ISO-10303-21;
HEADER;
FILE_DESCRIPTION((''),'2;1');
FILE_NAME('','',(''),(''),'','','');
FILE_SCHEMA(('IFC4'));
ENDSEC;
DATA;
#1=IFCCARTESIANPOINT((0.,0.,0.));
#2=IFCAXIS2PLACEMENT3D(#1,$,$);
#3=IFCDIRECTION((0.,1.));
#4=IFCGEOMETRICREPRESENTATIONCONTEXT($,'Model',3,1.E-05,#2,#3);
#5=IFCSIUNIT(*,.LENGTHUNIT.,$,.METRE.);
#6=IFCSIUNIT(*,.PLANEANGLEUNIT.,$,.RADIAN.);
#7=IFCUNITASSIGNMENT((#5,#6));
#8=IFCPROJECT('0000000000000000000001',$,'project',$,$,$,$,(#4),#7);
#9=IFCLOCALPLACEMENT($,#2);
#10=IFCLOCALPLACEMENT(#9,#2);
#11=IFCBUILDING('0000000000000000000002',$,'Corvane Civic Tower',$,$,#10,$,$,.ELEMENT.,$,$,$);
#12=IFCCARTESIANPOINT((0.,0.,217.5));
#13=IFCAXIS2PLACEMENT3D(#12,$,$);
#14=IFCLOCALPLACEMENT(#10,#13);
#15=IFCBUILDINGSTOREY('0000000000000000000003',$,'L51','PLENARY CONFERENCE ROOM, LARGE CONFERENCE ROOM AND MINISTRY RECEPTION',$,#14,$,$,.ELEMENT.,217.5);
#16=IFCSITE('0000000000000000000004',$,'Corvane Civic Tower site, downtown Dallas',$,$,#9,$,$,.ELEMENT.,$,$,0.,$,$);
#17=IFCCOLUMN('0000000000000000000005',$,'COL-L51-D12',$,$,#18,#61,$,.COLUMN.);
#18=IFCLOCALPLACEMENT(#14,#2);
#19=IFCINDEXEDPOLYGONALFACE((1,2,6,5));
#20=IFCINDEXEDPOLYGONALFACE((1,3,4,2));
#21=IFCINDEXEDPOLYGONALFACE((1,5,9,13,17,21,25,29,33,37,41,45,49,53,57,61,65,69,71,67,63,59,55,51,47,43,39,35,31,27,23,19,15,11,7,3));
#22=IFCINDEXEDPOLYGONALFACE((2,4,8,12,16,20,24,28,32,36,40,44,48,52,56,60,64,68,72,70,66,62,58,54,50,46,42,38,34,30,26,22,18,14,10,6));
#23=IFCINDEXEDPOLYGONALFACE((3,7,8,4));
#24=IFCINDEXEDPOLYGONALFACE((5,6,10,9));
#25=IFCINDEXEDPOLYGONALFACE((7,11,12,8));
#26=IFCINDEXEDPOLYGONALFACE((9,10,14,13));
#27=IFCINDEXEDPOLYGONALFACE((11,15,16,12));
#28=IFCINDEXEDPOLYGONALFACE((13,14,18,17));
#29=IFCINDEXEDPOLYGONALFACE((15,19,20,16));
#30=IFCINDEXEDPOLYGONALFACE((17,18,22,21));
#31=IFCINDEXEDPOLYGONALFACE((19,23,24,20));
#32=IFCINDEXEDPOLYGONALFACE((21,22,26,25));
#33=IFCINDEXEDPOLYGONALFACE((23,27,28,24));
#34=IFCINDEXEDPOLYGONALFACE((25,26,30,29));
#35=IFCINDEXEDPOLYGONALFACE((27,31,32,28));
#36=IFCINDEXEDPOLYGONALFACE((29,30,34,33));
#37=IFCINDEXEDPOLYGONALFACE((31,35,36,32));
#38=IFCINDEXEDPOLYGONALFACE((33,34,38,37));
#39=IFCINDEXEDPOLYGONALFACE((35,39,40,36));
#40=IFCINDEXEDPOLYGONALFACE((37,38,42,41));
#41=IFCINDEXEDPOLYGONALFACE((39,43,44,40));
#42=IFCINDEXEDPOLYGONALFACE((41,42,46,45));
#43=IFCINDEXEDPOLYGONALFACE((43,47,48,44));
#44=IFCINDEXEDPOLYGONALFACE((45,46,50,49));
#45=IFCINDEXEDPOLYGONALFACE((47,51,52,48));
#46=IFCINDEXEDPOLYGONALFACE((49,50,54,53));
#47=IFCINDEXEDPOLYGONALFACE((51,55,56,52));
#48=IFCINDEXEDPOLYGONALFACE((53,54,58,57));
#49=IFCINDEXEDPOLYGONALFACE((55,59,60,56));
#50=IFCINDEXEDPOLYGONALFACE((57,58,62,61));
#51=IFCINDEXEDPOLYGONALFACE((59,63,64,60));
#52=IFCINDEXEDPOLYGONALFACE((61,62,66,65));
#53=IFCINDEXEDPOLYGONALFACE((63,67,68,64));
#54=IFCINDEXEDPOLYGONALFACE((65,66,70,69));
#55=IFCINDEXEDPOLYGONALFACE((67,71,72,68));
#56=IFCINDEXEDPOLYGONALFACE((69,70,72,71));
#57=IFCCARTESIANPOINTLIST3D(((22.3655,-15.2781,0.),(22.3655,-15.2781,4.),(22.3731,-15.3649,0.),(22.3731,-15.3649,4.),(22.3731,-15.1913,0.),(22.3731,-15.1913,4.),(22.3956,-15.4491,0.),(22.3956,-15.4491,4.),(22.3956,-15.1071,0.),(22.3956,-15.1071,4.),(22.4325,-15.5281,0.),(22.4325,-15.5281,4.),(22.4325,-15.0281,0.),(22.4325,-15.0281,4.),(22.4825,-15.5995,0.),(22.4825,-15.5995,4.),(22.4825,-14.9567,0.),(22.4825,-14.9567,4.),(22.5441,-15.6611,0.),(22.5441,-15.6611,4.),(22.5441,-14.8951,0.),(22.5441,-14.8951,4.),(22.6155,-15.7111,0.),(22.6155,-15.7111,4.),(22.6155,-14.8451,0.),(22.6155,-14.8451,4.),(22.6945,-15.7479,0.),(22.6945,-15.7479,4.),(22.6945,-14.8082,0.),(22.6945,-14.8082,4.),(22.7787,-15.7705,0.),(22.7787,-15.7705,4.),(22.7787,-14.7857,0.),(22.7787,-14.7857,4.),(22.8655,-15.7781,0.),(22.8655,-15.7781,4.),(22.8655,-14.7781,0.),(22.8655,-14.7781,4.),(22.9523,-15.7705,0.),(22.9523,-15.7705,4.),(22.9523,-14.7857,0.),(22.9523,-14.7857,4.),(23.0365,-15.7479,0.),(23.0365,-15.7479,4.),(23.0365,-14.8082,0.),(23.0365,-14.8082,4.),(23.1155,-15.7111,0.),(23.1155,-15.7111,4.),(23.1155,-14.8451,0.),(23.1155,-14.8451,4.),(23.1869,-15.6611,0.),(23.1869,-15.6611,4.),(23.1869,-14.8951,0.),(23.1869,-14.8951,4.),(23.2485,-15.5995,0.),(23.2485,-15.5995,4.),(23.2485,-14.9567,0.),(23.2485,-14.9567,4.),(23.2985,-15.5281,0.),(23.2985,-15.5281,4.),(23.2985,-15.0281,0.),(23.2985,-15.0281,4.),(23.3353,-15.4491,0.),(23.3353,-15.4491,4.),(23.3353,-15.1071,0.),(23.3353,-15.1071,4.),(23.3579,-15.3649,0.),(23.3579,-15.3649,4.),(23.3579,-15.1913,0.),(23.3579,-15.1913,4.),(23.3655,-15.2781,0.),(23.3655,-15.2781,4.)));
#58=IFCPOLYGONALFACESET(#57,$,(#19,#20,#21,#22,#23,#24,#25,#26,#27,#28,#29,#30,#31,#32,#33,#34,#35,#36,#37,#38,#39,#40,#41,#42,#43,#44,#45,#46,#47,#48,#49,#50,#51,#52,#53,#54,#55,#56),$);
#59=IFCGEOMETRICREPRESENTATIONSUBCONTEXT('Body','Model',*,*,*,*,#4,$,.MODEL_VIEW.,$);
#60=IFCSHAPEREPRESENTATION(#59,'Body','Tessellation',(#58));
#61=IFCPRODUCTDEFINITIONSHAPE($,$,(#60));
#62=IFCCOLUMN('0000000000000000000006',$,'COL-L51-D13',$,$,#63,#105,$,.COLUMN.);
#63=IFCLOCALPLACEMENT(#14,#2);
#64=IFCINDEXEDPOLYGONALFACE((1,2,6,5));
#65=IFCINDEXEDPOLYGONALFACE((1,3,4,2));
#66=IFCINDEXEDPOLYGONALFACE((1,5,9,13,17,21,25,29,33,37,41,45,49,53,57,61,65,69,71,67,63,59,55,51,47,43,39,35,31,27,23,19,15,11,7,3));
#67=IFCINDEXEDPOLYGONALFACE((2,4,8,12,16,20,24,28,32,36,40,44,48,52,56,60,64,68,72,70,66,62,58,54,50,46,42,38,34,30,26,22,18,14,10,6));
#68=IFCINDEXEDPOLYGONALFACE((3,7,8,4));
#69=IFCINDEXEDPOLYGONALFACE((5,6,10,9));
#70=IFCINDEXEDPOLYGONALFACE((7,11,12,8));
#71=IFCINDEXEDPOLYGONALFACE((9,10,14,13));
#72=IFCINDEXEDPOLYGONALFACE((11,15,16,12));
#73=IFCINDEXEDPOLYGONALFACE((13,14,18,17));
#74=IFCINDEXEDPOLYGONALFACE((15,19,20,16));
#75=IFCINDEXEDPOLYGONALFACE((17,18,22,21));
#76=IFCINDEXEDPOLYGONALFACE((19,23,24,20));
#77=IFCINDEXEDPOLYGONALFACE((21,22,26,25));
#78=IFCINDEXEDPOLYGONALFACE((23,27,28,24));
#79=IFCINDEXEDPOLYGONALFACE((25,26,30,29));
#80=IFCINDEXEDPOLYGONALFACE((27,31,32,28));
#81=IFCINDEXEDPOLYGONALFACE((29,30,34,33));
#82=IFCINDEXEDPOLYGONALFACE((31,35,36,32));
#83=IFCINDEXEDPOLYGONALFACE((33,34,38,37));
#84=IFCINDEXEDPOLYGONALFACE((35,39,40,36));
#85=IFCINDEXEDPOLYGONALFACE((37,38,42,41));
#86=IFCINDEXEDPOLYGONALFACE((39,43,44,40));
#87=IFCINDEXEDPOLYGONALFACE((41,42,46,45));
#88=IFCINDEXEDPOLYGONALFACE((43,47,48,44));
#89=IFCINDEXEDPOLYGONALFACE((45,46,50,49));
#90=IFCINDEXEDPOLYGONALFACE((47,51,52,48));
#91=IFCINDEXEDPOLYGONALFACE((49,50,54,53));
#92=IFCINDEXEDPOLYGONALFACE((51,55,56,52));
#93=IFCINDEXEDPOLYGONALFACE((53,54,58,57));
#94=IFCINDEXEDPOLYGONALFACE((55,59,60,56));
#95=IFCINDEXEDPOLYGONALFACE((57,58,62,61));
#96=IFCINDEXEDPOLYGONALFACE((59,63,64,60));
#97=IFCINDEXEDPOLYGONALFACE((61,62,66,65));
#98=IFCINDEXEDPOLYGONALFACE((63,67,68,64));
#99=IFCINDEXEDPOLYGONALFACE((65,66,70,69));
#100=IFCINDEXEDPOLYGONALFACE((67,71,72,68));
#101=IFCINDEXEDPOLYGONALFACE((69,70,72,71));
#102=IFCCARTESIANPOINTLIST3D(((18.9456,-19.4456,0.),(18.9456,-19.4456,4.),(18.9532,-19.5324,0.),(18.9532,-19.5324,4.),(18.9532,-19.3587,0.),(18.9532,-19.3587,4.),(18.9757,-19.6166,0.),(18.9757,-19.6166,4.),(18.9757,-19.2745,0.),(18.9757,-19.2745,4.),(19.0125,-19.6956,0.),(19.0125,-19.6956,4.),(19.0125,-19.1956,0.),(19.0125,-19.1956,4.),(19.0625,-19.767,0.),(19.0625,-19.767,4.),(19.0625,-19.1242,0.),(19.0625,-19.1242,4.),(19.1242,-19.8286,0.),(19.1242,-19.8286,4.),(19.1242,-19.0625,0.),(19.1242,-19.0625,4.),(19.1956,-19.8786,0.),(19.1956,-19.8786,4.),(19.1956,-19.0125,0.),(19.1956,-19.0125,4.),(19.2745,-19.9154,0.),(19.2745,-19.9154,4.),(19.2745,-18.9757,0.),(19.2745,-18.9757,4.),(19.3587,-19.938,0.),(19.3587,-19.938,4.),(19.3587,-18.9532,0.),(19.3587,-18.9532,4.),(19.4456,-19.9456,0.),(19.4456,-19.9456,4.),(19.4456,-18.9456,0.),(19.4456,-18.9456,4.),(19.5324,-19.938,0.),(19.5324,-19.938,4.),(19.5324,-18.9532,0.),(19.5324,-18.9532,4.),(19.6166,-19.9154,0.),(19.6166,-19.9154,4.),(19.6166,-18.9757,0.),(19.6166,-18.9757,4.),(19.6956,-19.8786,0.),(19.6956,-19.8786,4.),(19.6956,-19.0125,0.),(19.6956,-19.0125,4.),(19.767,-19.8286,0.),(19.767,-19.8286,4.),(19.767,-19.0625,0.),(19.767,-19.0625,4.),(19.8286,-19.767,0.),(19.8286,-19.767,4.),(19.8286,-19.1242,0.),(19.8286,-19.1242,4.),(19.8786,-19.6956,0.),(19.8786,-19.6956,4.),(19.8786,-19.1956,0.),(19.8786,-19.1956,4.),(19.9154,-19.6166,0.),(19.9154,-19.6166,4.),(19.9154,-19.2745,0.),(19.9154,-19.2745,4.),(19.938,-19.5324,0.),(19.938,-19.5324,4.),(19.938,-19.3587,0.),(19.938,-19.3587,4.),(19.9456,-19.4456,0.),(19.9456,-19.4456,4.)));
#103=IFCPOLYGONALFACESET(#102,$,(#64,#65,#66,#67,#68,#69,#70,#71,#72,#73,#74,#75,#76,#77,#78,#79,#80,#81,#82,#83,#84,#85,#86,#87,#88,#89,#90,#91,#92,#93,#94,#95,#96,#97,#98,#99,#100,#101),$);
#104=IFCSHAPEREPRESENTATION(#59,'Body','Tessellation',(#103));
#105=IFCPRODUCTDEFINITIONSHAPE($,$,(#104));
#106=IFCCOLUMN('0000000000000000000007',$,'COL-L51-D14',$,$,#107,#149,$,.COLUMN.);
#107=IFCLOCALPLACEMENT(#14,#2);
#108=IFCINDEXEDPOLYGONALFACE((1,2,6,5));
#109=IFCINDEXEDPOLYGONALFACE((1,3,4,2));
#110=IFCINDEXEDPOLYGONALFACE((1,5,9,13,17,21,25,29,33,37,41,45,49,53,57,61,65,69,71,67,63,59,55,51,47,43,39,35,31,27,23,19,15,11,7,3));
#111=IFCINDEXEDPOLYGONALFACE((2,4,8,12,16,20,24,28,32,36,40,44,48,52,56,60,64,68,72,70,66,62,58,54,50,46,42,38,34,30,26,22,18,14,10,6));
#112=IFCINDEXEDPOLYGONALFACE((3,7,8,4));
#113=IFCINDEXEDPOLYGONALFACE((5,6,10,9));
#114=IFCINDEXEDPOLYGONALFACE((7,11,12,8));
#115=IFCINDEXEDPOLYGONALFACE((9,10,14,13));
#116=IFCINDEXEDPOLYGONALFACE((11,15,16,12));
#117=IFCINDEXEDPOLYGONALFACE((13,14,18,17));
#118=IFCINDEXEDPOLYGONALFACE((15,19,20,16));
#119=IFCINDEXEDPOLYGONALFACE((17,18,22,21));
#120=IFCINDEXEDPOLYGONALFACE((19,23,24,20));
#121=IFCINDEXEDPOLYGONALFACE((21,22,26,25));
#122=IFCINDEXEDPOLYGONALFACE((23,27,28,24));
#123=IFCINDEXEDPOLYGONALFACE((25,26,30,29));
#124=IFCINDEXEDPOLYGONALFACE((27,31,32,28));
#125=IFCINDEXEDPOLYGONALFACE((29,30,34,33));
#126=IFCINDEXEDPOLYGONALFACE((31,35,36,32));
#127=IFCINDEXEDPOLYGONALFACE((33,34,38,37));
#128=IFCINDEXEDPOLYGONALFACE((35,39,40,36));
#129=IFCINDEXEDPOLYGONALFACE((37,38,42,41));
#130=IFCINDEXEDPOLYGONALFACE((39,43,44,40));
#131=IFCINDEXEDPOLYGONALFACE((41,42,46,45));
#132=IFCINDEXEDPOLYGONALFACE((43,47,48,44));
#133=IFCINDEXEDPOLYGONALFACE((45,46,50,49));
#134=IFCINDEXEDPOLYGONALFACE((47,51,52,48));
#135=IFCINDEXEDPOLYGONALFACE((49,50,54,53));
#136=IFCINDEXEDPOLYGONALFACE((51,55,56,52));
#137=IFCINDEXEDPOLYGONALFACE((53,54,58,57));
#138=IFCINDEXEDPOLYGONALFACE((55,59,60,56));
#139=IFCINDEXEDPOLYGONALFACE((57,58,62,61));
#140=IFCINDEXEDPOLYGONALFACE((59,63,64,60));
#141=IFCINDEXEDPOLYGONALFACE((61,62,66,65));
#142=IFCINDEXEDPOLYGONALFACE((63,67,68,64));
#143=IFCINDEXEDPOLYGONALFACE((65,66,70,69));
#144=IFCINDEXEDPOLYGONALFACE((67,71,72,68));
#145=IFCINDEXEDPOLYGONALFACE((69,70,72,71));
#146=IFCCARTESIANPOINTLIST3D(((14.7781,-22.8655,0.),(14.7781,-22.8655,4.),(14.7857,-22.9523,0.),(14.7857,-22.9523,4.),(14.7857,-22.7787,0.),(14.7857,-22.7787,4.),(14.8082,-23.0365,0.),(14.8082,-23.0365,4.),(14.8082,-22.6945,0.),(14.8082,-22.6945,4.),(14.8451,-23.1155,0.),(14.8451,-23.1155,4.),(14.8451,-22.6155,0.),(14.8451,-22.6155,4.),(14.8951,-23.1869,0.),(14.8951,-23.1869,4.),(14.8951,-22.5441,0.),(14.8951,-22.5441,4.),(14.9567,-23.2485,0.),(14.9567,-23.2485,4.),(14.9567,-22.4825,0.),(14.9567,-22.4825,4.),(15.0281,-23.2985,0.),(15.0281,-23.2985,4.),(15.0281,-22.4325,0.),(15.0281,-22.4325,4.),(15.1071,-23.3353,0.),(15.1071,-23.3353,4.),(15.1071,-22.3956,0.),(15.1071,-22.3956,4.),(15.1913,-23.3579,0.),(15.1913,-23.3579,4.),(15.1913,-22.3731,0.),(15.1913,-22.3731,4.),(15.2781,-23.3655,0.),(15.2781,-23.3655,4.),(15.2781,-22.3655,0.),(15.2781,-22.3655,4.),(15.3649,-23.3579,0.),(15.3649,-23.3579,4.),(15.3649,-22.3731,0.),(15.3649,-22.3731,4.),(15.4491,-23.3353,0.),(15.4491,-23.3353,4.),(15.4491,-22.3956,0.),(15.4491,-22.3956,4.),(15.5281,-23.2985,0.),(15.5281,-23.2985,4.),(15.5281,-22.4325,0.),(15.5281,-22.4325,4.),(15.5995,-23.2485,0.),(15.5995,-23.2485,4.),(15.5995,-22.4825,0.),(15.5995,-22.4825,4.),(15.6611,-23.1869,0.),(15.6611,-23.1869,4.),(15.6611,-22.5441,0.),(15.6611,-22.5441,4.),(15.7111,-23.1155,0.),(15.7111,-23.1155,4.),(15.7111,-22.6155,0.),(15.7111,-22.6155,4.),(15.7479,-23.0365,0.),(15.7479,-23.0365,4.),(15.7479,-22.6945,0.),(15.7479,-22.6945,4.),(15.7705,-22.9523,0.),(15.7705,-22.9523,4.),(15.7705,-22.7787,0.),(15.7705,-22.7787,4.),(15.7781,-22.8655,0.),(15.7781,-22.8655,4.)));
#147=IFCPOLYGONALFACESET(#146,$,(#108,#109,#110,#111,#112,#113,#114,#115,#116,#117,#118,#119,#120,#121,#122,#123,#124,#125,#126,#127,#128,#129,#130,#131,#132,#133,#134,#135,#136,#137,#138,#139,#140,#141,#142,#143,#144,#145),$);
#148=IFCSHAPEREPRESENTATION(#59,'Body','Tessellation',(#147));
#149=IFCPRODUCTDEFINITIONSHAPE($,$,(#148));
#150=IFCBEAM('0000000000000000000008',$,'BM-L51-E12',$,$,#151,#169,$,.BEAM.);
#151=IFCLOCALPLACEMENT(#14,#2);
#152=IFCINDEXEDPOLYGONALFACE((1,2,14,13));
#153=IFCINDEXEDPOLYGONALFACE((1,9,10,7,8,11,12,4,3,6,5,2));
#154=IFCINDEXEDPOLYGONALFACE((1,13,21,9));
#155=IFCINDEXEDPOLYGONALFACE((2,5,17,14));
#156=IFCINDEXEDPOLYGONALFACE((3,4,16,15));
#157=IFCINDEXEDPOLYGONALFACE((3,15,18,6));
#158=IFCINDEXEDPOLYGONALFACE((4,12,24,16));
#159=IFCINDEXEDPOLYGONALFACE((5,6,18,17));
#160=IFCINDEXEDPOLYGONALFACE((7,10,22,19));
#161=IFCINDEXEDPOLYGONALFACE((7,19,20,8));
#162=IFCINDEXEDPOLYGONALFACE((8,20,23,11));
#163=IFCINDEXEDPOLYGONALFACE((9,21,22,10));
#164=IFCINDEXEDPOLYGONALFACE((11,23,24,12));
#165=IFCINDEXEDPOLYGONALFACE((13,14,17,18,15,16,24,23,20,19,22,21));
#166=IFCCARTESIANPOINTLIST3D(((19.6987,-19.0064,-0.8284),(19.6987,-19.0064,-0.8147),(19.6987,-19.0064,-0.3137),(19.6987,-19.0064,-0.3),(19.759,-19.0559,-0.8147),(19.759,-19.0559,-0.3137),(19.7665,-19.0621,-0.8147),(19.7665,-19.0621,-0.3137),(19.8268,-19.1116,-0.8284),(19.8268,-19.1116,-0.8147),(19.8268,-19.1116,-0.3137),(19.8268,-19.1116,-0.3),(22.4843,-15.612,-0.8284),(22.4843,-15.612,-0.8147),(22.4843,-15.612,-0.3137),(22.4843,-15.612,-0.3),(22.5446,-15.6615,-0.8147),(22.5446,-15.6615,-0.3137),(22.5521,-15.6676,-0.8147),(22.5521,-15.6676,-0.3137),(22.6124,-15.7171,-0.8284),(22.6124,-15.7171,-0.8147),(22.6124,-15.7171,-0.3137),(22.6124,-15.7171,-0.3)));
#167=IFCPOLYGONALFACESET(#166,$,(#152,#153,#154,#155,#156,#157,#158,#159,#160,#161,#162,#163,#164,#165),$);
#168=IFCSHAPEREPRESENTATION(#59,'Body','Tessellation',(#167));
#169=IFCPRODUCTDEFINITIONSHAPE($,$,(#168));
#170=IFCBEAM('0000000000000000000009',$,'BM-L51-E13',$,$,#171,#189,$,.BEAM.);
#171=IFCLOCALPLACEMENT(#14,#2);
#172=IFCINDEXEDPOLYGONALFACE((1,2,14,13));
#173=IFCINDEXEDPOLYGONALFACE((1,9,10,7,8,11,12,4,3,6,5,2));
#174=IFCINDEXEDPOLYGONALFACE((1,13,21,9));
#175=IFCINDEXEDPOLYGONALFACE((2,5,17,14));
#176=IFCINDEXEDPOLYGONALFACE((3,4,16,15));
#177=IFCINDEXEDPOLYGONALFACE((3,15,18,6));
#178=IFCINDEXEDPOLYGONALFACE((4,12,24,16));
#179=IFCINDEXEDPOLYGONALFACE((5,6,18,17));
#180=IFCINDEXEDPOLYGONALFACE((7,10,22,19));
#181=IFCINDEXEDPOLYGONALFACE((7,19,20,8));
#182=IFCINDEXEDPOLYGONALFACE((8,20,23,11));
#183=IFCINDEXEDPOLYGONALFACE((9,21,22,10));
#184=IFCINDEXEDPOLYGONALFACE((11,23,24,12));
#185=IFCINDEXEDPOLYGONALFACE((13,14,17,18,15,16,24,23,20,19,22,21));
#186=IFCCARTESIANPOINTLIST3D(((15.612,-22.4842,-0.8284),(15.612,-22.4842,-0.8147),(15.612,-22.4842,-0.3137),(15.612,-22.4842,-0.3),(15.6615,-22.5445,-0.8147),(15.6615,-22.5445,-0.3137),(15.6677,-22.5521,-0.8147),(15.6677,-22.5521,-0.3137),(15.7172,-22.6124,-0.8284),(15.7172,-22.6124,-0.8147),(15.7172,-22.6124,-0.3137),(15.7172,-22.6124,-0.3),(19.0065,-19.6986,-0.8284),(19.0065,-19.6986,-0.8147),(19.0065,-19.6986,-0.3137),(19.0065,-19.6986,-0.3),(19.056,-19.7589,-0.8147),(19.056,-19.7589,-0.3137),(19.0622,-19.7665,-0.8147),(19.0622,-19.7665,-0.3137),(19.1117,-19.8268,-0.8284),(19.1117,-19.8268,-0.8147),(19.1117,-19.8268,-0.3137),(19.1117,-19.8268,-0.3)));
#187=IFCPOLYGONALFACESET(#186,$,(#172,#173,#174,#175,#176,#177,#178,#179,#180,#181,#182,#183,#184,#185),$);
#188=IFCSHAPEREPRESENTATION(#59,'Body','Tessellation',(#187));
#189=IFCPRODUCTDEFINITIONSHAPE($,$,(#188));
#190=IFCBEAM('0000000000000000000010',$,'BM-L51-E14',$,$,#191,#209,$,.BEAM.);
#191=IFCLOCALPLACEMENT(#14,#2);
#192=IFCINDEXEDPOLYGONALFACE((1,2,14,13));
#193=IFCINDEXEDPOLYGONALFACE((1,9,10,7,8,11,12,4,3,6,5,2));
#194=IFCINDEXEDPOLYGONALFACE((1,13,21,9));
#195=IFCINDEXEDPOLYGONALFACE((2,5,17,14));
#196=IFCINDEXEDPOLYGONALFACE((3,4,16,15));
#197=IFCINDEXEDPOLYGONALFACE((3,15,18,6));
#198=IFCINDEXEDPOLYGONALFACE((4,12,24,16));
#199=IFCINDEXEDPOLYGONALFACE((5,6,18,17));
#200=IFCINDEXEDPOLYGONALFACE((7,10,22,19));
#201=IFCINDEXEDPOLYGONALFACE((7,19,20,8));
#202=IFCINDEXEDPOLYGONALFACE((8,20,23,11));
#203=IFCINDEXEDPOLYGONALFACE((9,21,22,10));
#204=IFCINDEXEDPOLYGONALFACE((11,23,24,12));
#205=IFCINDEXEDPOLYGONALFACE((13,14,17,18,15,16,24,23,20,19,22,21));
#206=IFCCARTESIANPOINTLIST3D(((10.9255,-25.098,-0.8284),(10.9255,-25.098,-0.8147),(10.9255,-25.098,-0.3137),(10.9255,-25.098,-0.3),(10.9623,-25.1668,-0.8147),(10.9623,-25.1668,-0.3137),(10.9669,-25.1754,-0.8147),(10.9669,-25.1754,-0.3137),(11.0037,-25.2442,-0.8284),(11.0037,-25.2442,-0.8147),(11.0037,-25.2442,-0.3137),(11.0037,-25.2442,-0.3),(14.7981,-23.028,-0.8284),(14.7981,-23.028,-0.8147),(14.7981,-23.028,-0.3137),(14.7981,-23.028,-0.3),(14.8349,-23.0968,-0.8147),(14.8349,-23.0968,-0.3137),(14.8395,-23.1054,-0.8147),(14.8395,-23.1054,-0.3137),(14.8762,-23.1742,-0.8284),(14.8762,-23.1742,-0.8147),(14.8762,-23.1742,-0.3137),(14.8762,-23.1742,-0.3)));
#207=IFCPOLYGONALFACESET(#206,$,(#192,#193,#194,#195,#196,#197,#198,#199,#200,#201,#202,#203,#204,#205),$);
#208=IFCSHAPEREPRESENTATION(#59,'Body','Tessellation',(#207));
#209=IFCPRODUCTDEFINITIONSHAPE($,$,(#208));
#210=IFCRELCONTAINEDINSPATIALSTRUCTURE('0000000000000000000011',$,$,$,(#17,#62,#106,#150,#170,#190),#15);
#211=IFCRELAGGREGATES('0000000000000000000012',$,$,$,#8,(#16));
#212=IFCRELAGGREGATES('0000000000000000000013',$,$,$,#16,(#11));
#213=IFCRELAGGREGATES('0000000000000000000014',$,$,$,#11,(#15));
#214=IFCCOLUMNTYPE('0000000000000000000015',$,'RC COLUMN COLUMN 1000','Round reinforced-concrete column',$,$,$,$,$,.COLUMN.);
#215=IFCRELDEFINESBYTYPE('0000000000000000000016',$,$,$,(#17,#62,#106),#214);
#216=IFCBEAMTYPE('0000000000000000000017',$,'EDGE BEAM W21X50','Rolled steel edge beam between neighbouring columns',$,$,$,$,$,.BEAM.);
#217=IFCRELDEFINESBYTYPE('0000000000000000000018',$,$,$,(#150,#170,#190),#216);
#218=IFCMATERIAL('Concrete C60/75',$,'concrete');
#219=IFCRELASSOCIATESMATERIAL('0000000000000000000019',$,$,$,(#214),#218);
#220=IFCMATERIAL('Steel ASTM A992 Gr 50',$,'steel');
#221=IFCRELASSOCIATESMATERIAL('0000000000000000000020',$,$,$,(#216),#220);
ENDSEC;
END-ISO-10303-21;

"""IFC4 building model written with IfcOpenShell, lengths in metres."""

from ifc_helpers import new_model, si_unit, direction, frame, origin, origin_2d, place, context, subcontext, project, spatial, circle, i_section, extrude, material, material_profile, profile_set, type_object, element, save


model = new_model("IFC4")

# Units and contexts
model_context = context("Model", 3, precision=1e-05, world=origin(), true_north=direction((0.0, 1.0)))
body_context = subcontext(model_context, "Body", "Model", "MODEL_VIEW")
ifc_project = project(units=[si_unit("LENGTHUNIT", "METRE"), si_unit("PLANEANGLEUNIT", "RADIAN")], contexts=[model_context])

# Site, building, storey
site_placement = place(None, origin())
site = spatial("IfcSite", under=ifc_project, at=site_placement, Name="Corvane Civic Tower site, downtown Dallas", CompositionType="ELEMENT", RefElevation=0.0)
building_placement = place(site_placement, origin())
building = spatial("IfcBuilding", under=site, at=building_placement, Name="Corvane Civic Tower", CompositionType="ELEMENT")
storey_placement = place(building_placement, frame((0.0, 0.0, 217.5)))
storey = spatial("IfcBuildingStorey", under=building, at=storey_placement, Name="L51", Description="PLENARY CONFERENCE ROOM, LARGE CONFERENCE ROOM AND MINISTRY RECEPTION", CompositionType="ELEMENT", Elevation=217.5)

# Columns
ifc_material_1 = material(Name="Concrete C60/75", Category="concrete")
ifc_material_profile_1 = material_profile(ifc_material_1, circle(Radius=0.5, at=origin_2d()), Name="COLUMN 1000")
ifc_profile_set_1 = profile_set([ifc_material_profile_1], Name="Concrete C60/75")
column_type = type_object("IfcColumnType", Name="RC COLUMN COLUMN 1000", Description="Round reinforced-concrete column", PredefinedType="COLUMN", material=ifc_profile_set_1)
for number, where, z_axis, x_axis, name in (
    (1, (22.8655, -15.2781, 0.0), (0.0, 0.0, 1.0), (1.0, 0.0, 0.0), "COL-L51-D12"),
    (2, (19.4456, -19.4456, 0.0), (0.0, 0.0, 1.0), (1.0, 0.0, 0.0), "COL-L51-D13"),
    (3, (15.2781, -22.8655, 0.0), (0.0, 0.0, 1.0), (1.0, 0.0, 0.0), "COL-L51-D14"),
):
    element("IfcColumn", number, at=place(storey_placement, frame(where, z_axis=z_axis, x_axis=x_axis)), inside=storey, type_object=column_type, Name=name, PredefinedType="COLUMN", context=body_context, shape_type="SweptSolid", body=[
        extrude(circle(Radius=0.5, at=origin_2d()), origin(), (0.0, 0.0, 1.0), 4.0),
    ])

# Beams
ifc_material_2 = material(Name="Steel ASTM A992 Gr 50", Category="steel")
ifc_material_profile_2 = material_profile(ifc_material_2, i_section(OverallWidth=0.1658, OverallDepth=0.5283, WebThickness=0.0098, FlangeThickness=0.0137, at=origin_2d()), Name="W21X50")
ifc_profile_set_2 = profile_set([ifc_material_profile_2], Name="Steel ASTM A992 Gr 50")
beam_type_1 = type_object("IfcBeamType", Name="EDGE BEAM W21X50", Description="Rolled steel edge beam between neighbouring columns", PredefinedType="BEAM", material=ifc_profile_set_2)
for number, where, z_axis, x_axis, name in (
    (4, (22.5483, -15.6646, -0.5642), (-0.634369, -0.77303, 0.0), (0.77303, -0.634369, 0.0), "BM-L51-E12"),
    (5, (19.0591, -19.7627, -0.5642), (-0.77303, -0.634369, 0.0), (0.634369, -0.77303, 0.0), "BM-L51-E13"),
    (6, (14.8372, -23.1011, -0.5642), (-0.881908, -0.471422, 0.0), (0.471422, -0.881908, 0.0), "BM-L51-E14"),
):
    element("IfcBeam", number, at=place(storey_placement, frame(where, z_axis=z_axis, x_axis=x_axis)), inside=storey, type_object=beam_type_1, Name=name, PredefinedType="BEAM", context=body_context, shape_type="SweptSolid", body=[
        extrude(i_section(OverallWidth=0.1658, OverallDepth=0.5283, WebThickness=0.0098, FlangeThickness=0.0137, at=origin_2d()), origin(), (0.0, 0.0, 1.0), 4.3911),
    ])

save(model, "model.ifc")
